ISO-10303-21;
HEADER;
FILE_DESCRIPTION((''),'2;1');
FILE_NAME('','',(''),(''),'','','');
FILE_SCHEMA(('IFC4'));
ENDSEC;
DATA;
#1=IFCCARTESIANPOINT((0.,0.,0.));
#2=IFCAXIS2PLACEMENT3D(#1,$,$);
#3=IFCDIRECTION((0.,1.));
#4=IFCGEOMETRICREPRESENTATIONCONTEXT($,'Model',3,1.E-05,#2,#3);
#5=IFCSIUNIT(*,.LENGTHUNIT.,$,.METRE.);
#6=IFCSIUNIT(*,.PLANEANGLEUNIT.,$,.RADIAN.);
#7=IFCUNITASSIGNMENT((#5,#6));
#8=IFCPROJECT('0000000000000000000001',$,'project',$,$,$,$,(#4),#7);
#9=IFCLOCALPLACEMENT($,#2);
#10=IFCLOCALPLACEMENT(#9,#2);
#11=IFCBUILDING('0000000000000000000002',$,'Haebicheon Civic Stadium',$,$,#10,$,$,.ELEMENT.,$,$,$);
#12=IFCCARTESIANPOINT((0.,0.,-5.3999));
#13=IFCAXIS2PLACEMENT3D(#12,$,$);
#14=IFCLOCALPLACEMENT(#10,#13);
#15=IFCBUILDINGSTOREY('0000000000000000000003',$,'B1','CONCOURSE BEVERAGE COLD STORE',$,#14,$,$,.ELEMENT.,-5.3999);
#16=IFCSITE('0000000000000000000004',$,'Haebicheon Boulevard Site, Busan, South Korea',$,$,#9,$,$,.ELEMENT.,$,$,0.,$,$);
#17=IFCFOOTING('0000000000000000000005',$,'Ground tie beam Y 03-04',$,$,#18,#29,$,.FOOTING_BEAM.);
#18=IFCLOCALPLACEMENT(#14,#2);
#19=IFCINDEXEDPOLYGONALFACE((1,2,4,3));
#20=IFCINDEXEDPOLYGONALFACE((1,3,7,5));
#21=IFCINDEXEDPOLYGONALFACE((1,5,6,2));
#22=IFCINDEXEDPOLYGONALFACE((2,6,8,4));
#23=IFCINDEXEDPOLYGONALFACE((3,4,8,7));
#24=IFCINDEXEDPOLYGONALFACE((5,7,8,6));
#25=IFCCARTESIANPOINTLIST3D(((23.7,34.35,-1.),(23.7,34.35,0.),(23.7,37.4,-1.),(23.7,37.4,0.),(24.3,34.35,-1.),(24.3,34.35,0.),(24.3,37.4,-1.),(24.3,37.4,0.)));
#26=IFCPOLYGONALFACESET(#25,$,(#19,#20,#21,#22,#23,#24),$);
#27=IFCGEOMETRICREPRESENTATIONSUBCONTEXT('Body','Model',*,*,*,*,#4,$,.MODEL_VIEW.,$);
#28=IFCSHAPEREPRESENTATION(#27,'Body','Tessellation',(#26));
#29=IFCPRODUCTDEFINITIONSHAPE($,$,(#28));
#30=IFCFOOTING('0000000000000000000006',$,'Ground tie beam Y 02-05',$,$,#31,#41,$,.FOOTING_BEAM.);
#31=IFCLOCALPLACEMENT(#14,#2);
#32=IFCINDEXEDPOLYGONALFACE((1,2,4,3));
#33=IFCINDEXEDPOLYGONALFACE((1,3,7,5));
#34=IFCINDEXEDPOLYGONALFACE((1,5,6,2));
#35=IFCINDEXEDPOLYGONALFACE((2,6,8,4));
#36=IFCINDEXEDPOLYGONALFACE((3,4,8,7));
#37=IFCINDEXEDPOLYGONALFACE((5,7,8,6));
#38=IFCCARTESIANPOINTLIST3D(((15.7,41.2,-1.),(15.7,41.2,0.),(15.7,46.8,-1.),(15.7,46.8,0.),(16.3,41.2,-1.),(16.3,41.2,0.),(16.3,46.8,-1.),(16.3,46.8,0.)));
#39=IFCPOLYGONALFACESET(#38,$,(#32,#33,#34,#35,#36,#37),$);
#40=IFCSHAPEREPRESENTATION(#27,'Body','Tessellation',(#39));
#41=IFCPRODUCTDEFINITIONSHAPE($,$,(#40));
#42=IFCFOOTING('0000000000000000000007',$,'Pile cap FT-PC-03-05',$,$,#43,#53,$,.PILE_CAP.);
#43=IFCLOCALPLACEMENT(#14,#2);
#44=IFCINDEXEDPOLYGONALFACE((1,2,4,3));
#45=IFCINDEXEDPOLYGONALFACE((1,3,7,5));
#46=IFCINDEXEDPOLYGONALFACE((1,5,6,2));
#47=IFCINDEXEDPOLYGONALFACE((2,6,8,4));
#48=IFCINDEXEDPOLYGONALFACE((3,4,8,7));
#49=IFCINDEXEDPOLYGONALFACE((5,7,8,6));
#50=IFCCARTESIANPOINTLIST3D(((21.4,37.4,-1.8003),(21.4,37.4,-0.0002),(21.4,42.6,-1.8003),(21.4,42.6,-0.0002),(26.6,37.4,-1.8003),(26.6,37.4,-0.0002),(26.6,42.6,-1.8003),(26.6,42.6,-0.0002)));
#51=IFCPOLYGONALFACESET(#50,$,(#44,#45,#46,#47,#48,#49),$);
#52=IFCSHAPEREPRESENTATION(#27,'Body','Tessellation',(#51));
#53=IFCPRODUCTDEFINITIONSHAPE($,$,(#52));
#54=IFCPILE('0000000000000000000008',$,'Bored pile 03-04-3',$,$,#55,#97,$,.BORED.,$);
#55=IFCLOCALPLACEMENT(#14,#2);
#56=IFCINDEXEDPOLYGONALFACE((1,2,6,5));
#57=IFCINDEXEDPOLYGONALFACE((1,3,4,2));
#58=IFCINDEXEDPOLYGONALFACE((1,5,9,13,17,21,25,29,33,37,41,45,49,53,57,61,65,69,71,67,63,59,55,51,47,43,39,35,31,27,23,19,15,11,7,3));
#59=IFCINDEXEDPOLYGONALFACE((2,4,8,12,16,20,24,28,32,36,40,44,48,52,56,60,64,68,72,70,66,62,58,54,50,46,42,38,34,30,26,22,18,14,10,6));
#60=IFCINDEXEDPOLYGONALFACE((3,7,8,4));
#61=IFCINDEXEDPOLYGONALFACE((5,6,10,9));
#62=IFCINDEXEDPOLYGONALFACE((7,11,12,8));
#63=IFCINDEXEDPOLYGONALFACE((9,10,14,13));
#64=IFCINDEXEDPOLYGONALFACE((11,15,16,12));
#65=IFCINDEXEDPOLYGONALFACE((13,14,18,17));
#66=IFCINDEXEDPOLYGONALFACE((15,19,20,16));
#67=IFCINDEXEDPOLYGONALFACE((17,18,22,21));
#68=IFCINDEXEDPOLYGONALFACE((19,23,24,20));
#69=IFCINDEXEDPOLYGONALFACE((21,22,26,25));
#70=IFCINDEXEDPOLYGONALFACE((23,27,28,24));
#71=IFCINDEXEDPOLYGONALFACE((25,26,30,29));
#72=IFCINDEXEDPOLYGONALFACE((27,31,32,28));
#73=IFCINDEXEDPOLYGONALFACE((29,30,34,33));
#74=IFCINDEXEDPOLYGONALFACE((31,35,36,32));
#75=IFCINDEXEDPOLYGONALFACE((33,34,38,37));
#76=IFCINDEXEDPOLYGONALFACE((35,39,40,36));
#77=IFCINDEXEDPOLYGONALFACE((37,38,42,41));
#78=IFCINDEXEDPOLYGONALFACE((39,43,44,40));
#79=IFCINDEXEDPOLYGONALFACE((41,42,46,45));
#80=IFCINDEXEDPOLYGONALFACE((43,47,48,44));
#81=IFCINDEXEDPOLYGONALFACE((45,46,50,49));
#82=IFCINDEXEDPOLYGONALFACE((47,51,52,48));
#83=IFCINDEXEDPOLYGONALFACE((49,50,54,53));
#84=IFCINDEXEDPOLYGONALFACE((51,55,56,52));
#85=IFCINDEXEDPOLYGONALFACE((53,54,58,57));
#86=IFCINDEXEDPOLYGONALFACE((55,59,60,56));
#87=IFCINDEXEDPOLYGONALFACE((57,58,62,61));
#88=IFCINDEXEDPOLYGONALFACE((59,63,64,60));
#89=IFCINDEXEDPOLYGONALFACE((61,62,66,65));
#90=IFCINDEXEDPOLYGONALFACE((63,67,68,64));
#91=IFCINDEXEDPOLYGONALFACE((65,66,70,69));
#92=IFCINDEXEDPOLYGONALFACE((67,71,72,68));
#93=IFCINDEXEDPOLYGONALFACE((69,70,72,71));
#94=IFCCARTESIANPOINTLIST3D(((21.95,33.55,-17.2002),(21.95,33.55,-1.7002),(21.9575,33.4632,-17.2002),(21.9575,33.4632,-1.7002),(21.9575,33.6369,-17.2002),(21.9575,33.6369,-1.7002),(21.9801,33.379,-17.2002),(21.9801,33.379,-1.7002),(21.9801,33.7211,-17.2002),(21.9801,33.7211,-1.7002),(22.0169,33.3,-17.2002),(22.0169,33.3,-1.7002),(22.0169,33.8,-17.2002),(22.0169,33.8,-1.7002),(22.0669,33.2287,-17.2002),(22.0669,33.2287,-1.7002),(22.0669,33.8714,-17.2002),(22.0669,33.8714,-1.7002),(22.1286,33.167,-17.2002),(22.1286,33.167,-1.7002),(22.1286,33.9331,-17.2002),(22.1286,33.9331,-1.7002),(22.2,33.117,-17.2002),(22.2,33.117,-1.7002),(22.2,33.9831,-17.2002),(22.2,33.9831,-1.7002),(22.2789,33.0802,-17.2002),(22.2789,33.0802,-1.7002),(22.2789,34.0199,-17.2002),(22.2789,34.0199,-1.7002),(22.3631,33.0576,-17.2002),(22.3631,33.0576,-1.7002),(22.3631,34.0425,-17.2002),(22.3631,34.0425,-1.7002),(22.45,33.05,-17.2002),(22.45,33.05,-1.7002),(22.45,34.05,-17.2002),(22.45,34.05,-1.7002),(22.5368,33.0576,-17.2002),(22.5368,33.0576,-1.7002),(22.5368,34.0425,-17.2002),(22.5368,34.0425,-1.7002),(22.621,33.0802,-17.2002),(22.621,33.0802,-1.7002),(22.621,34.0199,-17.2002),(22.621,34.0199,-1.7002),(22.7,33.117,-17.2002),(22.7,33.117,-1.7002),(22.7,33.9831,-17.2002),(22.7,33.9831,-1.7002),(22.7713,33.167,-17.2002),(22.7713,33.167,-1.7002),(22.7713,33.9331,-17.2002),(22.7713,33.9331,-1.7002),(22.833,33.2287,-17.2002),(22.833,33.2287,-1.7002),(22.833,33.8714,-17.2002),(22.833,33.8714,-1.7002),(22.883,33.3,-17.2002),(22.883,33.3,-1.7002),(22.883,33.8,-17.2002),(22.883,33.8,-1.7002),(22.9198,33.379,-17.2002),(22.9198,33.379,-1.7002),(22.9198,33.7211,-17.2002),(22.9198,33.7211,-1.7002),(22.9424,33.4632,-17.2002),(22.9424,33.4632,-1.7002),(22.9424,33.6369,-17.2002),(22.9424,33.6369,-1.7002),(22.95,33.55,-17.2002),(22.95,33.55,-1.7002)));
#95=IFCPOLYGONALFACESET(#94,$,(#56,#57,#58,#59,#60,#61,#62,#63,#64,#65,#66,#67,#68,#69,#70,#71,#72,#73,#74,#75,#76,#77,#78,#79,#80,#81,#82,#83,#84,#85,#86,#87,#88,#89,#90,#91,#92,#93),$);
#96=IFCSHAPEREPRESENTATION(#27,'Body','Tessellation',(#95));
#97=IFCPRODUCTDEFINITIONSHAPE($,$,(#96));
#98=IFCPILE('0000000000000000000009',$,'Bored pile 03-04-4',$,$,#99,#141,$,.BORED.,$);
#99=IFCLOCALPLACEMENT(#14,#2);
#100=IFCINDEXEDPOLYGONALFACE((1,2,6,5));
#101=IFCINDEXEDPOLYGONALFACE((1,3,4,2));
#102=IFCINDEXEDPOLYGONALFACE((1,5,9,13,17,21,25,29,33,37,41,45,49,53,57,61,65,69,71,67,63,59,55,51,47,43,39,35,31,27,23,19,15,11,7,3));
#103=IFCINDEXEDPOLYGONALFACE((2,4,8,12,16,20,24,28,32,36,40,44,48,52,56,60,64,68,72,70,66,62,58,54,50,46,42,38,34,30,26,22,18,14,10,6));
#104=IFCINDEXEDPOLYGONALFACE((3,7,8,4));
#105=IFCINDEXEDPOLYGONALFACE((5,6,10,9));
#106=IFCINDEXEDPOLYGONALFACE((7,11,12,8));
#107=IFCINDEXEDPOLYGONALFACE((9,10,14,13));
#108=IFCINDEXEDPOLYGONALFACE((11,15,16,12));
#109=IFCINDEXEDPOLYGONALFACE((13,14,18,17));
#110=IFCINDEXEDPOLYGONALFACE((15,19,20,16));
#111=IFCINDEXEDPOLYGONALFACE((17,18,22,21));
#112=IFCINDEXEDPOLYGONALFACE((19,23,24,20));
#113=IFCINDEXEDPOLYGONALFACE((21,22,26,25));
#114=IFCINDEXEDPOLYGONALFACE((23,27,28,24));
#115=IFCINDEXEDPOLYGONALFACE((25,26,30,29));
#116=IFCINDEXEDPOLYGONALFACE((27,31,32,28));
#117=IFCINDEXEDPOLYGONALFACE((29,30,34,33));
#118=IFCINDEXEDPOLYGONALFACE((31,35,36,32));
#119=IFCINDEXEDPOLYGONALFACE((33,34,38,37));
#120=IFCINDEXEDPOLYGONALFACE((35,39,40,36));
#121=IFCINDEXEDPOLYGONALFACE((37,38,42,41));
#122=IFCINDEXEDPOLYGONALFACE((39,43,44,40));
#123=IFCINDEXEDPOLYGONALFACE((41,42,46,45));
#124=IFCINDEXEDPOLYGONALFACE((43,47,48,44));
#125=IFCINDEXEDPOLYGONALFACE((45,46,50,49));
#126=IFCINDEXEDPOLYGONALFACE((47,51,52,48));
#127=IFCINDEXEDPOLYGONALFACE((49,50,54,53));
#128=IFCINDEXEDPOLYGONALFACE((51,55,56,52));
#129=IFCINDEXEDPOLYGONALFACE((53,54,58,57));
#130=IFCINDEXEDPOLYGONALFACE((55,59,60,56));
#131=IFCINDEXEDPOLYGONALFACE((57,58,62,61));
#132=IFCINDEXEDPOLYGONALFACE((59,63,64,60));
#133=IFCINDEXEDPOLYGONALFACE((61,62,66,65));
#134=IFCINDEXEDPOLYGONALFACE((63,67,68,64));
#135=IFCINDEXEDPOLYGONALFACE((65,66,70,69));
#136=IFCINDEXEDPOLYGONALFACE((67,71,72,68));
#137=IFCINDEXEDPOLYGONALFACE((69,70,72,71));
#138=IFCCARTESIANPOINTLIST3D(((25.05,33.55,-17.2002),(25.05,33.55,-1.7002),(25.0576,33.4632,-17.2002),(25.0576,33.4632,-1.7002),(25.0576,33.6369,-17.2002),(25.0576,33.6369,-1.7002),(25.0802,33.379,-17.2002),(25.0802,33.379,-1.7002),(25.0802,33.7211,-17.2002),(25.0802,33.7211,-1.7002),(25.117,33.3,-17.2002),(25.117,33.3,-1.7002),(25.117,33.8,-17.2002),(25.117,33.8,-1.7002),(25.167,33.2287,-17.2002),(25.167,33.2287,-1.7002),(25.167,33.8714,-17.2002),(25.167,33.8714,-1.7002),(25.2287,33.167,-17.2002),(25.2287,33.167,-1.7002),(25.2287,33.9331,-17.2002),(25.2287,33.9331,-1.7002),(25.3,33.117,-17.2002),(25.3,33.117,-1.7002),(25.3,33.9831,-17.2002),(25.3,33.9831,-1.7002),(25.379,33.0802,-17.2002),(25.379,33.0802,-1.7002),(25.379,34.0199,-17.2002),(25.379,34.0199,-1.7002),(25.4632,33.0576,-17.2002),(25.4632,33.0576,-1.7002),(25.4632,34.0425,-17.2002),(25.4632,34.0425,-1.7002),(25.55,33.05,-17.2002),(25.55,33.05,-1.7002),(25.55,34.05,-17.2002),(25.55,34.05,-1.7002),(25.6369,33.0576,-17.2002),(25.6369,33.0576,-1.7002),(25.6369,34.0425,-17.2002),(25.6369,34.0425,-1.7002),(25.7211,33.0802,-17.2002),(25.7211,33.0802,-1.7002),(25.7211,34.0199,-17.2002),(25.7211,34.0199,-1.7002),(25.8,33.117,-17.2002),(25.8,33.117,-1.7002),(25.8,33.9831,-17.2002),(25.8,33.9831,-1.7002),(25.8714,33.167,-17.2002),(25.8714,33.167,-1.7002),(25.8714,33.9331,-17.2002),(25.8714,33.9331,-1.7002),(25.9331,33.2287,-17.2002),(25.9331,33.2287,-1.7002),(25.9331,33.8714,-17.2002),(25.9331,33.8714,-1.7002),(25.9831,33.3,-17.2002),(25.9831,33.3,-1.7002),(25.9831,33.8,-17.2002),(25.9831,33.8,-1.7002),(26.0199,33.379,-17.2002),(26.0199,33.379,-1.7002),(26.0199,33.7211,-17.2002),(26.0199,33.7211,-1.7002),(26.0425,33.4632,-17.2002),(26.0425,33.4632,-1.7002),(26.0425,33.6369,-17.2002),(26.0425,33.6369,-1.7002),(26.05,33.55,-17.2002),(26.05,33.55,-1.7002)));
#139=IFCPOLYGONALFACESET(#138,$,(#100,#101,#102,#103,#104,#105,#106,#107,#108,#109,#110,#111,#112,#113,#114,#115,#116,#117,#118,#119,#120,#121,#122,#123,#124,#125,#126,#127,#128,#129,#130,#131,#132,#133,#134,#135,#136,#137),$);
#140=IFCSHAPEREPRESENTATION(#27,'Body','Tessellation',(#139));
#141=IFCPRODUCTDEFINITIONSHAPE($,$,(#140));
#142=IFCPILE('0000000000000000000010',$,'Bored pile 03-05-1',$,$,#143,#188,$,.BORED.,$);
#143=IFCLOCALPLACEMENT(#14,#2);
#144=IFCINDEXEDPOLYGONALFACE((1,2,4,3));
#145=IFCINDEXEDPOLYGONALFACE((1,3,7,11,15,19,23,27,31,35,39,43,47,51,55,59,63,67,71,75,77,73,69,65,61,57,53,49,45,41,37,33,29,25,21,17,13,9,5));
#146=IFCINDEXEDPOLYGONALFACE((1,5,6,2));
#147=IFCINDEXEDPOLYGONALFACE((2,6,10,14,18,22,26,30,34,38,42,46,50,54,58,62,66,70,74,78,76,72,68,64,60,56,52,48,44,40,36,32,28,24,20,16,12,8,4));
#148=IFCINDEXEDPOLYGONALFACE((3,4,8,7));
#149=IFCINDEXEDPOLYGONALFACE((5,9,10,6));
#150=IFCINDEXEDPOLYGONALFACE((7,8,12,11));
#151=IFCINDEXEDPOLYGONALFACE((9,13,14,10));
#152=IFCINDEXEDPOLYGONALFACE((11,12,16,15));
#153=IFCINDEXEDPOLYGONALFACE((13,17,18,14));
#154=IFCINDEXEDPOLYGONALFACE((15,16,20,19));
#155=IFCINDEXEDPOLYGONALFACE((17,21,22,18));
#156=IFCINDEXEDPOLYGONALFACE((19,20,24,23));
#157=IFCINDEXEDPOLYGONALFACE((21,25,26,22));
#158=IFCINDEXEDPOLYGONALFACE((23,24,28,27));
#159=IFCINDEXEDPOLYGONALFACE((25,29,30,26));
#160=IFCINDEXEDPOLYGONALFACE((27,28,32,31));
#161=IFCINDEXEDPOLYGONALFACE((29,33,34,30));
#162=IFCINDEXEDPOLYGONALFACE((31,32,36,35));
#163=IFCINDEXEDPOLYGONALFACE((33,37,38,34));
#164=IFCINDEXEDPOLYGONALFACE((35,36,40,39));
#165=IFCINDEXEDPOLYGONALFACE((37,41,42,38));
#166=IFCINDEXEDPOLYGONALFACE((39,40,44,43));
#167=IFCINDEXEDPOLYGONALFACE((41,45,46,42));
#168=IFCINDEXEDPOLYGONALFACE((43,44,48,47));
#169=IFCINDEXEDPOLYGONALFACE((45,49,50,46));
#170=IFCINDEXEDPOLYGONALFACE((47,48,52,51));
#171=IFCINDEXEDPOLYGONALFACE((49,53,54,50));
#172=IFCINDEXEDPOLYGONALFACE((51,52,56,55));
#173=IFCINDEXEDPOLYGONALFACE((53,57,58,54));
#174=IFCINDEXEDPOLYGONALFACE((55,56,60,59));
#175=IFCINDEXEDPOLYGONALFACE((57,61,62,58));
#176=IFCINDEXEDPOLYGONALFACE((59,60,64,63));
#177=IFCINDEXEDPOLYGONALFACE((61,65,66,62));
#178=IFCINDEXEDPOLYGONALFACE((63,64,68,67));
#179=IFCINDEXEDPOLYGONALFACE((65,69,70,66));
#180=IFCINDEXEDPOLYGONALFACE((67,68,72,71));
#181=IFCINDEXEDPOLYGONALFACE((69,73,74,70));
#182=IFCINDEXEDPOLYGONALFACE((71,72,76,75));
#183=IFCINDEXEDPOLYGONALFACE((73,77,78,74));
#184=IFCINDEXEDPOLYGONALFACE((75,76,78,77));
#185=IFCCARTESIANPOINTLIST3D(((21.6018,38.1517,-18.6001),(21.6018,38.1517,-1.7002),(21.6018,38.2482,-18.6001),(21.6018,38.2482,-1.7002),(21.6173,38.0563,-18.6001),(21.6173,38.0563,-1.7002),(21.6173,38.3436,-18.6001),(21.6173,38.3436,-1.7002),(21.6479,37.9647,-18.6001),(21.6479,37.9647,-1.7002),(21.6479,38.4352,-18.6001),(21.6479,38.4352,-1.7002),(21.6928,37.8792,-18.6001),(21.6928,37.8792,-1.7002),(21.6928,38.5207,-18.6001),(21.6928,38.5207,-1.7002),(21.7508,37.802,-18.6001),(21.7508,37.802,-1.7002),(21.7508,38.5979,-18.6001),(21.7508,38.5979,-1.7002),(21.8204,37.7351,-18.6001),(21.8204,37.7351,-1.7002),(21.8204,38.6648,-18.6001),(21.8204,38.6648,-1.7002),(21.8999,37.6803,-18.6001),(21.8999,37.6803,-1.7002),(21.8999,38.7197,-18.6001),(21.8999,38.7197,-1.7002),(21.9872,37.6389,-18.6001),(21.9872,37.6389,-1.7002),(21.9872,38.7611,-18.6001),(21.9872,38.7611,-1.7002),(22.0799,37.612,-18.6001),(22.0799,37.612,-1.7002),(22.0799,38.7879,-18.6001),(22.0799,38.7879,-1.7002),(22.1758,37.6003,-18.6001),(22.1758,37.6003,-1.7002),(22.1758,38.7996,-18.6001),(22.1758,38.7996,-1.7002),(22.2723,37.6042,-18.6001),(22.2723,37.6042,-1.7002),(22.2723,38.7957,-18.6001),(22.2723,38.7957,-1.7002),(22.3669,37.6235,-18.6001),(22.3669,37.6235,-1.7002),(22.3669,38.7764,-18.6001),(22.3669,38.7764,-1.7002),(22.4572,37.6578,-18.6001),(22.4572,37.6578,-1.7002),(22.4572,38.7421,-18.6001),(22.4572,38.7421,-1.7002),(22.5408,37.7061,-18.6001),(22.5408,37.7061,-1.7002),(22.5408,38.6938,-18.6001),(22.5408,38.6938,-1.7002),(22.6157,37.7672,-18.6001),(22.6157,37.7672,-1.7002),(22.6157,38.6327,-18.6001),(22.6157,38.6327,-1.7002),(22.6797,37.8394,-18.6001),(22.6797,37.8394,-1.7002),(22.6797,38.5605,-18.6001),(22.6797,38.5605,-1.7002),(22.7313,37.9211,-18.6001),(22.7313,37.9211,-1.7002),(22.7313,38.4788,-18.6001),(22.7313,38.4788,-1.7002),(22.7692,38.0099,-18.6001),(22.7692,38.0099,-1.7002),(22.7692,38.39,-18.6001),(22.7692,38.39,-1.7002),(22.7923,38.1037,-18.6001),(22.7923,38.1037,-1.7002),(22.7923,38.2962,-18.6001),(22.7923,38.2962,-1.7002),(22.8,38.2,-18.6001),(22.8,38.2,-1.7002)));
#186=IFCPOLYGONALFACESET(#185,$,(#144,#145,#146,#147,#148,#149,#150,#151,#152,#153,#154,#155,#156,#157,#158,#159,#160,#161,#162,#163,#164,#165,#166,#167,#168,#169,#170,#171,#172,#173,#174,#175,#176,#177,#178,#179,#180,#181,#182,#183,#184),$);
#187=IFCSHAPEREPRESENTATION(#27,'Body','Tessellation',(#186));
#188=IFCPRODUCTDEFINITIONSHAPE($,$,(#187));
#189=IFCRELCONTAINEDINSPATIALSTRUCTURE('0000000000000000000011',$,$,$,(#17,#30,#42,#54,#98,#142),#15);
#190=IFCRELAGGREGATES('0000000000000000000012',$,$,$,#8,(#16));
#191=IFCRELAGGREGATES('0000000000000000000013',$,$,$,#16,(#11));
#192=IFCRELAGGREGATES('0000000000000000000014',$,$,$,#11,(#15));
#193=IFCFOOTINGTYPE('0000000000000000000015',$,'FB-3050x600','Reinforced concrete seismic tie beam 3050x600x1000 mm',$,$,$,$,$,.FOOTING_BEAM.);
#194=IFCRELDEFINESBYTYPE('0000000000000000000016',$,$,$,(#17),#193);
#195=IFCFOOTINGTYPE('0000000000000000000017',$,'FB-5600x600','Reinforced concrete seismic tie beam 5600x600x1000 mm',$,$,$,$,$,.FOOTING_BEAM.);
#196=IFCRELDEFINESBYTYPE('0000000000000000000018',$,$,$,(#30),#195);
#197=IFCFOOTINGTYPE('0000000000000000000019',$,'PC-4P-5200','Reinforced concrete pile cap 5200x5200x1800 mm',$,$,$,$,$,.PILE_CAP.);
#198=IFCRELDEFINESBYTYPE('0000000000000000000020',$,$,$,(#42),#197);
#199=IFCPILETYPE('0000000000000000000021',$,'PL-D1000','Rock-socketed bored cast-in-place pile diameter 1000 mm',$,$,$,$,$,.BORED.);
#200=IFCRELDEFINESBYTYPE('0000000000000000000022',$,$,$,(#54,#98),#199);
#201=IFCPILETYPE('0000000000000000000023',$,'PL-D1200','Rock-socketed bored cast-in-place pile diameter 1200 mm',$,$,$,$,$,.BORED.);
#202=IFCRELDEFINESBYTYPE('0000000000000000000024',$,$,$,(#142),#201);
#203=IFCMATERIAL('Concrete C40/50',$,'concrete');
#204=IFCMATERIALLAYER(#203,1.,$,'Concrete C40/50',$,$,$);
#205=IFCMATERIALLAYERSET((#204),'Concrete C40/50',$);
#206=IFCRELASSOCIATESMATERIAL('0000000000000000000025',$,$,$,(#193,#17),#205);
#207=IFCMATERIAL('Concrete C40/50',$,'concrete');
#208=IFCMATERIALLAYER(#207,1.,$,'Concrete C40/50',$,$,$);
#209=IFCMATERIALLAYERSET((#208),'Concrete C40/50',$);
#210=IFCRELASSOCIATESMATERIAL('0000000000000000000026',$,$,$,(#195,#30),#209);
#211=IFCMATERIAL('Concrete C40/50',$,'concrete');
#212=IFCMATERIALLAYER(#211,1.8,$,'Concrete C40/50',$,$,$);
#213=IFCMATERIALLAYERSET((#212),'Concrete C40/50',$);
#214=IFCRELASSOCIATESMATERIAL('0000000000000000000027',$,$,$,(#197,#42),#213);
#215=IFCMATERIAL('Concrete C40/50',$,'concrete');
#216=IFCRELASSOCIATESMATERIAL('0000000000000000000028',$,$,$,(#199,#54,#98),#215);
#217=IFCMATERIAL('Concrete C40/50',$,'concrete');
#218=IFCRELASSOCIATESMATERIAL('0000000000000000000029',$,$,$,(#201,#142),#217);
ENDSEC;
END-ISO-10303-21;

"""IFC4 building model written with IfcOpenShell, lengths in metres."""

from ifc_helpers import new_model, si_unit, direction, frame, origin, origin_2d, place, context, subcontext, project, spatial, rectangle, circle, extrude, material, layer, layer_set, material_profile, profile_set, type_object, element, save


model = new_model("IFC4")

# Units and contexts
model_context = context("Model", 3, precision=1e-05, world=origin(), true_north=direction((0.0, 1.0)))
body_context = subcontext(model_context, "Body", "Model", "MODEL_VIEW")
ifc_project = project(units=[si_unit("LENGTHUNIT", "METRE"), si_unit("PLANEANGLEUNIT", "RADIAN")], contexts=[model_context])

# Site, building, storey
site_placement = place(None, origin())
site = spatial("IfcSite", under=ifc_project, at=site_placement, Name="Haebicheon Boulevard Site, Busan, South Korea", CompositionType="ELEMENT", RefElevation=0.0)
building_placement = place(site_placement, origin())
building = spatial("IfcBuilding", under=site, at=building_placement, Name="Haebicheon Civic Stadium", CompositionType="ELEMENT")
storey_placement = place(building_placement, frame((0.0, 0.0, -5.3999)))
storey = spatial("IfcBuildingStorey", under=building, at=storey_placement, Name="B1", Description="CONCOURSE BEVERAGE COLD STORE", CompositionType="ELEMENT", Elevation=-5.3999)

# Footings
ifc_material_1 = material(Name="Concrete C40/50", Category="concrete")
ifc_layer_1 = layer(ifc_material_1, 1.0, Name="Concrete C40/50")
ifc_layer_set_1 = layer_set([ifc_layer_1], Name="Concrete C40/50")
footing_type_1 = type_object("IfcFootingType", Name="FB-3050x600", Description="Reinforced concrete seismic tie beam 3050x600x1000 mm", PredefinedType="FOOTING_BEAM", material=ifc_layer_set_1)
footing_1_placement = place(storey_placement, frame((24.0, 35.875, -1.0), z_axis=(0.0, 0.0, 1.0), x_axis=(0.0, 1.0, 0.0)))
element("IfcFooting", 1, at=footing_1_placement, inside=storey, type_object=footing_type_1, material=ifc_layer_set_1, Name="Ground tie beam Y 03-04", PredefinedType="FOOTING_BEAM", context=body_context, shape_type="SweptSolid", body=[
    extrude(rectangle(XDim=3.05, YDim=0.6001, at=origin_2d()), origin(), (0.0, 0.0, 1.0), 1.0),
])
ifc_material_2 = material(Name="Concrete C40/50", Category="concrete")
ifc_layer_2 = layer(ifc_material_2, 1.0, Name="Concrete C40/50")
ifc_layer_set_2 = layer_set([ifc_layer_2], Name="Concrete C40/50")
footing_type_2 = type_object("IfcFootingType", Name="FB-5600x600", Description="Reinforced concrete seismic tie beam 5600x600x1000 mm", PredefinedType="FOOTING_BEAM", material=ifc_layer_set_2)
footing_2_placement = place(storey_placement, frame((16.0, 44.0, -1.0), z_axis=(0.0, 0.0, 1.0), x_axis=(0.0, 1.0, 0.0)))
element("IfcFooting", 2, at=footing_2_placement, inside=storey, type_object=footing_type_2, material=ifc_layer_set_2, Name="Ground tie beam Y 02-05", PredefinedType="FOOTING_BEAM", context=body_context, shape_type="SweptSolid", body=[
    extrude(rectangle(XDim=5.6001, YDim=0.6001, at=origin_2d()), origin(), (0.0, 0.0, 1.0), 1.0),
])
ifc_material_3 = material(Name="Concrete C40/50", Category="concrete")
ifc_layer_3 = layer(ifc_material_3, 1.8, Name="Concrete C40/50")
ifc_layer_set_3 = layer_set([ifc_layer_3], Name="Concrete C40/50")
footing_type_3 = type_object("IfcFootingType", Name="PC-4P-5200", Description="Reinforced concrete pile cap 5200x5200x1800 mm", PredefinedType="PILE_CAP", material=ifc_layer_set_3)
footing_3_placement = place(storey_placement, frame((24.0, 40.0, -1.8003), z_axis=(0.0, 0.0, 1.0), x_axis=(1.0, 0.0, 0.0)))
element("IfcFooting", 3, at=footing_3_placement, inside=storey, type_object=footing_type_3, material=ifc_layer_set_3, Name="Pile cap FT-PC-03-05", PredefinedType="PILE_CAP", context=body_context, shape_type="SweptSolid", body=[
    extrude(rectangle(XDim=5.2, YDim=5.2, at=origin_2d()), origin(), (0.0, 0.0, 1.0), 1.8),
])

# Piles
ifc_material_4 = material(Name="Concrete C40/50", Category="concrete")
ifc_material_profile_1 = material_profile(ifc_material_4, circle(Radius=0.5, at=origin_2d()), Name="PILE-D1000")
ifc_profile_set_1 = profile_set([ifc_material_profile_1], Name="Concrete C40/50")
pile_type_1 = type_object("IfcPileType", Name="PL-D1000", Description="Rock-socketed bored cast-in-place pile diameter 1000 mm", PredefinedType="BORED", material=ifc_profile_set_1)
for number, where, z_axis, x_axis, name in (
    (4, (22.45, 33.55, -1.7002), (0.0, 0.0, -1.0), (1.0, 0.0, 0.0), "Bored pile 03-04-3"),
    (5, (25.55, 33.55, -1.7002), (0.0, 0.0, -1.0), (1.0, 0.0, 0.0), "Bored pile 03-04-4"),
):
    element("IfcPile", number, at=place(storey_placement, frame(where, z_axis=z_axis, x_axis=x_axis)), inside=storey, type_object=pile_type_1, material=ifc_profile_set_1, Name=name, PredefinedType="BORED", context=body_context, shape_type="SweptSolid", body=[
        extrude(circle(Radius=0.5, at=origin_2d()), origin(), (0.0, 0.0, 1.0), 15.5),
    ])
ifc_material_5 = material(Name="Concrete C40/50", Category="concrete")
ifc_material_profile_2 = material_profile(ifc_material_5, circle(Radius=0.6001, at=origin_2d()), Name="PILE-D1200")
ifc_profile_set_2 = profile_set([ifc_material_profile_2], Name="Concrete C40/50")
pile_type_2 = type_object("IfcPileType", Name="PL-D1200", Description="Rock-socketed bored cast-in-place pile diameter 1200 mm", PredefinedType="BORED", material=ifc_profile_set_2)
for number, where, z_axis, x_axis, name in (
    (6, (22.2, 38.2, -1.7002), (0.0, 0.0, -1.0), (1.0, 0.0, 0.0), "Bored pile 03-05-1"),
):
    element("IfcPile", number, at=place(storey_placement, frame(where, z_axis=z_axis, x_axis=x_axis)), inside=storey, type_object=pile_type_2, material=ifc_profile_set_2, Name=name, PredefinedType="BORED", context=body_context, shape_type="SweptSolid", body=[
        extrude(circle(Radius=0.6001, at=origin_2d()), origin(), (0.0, 0.0, 1.0), 16.8999),
    ])

save(model, "model.ifc")
